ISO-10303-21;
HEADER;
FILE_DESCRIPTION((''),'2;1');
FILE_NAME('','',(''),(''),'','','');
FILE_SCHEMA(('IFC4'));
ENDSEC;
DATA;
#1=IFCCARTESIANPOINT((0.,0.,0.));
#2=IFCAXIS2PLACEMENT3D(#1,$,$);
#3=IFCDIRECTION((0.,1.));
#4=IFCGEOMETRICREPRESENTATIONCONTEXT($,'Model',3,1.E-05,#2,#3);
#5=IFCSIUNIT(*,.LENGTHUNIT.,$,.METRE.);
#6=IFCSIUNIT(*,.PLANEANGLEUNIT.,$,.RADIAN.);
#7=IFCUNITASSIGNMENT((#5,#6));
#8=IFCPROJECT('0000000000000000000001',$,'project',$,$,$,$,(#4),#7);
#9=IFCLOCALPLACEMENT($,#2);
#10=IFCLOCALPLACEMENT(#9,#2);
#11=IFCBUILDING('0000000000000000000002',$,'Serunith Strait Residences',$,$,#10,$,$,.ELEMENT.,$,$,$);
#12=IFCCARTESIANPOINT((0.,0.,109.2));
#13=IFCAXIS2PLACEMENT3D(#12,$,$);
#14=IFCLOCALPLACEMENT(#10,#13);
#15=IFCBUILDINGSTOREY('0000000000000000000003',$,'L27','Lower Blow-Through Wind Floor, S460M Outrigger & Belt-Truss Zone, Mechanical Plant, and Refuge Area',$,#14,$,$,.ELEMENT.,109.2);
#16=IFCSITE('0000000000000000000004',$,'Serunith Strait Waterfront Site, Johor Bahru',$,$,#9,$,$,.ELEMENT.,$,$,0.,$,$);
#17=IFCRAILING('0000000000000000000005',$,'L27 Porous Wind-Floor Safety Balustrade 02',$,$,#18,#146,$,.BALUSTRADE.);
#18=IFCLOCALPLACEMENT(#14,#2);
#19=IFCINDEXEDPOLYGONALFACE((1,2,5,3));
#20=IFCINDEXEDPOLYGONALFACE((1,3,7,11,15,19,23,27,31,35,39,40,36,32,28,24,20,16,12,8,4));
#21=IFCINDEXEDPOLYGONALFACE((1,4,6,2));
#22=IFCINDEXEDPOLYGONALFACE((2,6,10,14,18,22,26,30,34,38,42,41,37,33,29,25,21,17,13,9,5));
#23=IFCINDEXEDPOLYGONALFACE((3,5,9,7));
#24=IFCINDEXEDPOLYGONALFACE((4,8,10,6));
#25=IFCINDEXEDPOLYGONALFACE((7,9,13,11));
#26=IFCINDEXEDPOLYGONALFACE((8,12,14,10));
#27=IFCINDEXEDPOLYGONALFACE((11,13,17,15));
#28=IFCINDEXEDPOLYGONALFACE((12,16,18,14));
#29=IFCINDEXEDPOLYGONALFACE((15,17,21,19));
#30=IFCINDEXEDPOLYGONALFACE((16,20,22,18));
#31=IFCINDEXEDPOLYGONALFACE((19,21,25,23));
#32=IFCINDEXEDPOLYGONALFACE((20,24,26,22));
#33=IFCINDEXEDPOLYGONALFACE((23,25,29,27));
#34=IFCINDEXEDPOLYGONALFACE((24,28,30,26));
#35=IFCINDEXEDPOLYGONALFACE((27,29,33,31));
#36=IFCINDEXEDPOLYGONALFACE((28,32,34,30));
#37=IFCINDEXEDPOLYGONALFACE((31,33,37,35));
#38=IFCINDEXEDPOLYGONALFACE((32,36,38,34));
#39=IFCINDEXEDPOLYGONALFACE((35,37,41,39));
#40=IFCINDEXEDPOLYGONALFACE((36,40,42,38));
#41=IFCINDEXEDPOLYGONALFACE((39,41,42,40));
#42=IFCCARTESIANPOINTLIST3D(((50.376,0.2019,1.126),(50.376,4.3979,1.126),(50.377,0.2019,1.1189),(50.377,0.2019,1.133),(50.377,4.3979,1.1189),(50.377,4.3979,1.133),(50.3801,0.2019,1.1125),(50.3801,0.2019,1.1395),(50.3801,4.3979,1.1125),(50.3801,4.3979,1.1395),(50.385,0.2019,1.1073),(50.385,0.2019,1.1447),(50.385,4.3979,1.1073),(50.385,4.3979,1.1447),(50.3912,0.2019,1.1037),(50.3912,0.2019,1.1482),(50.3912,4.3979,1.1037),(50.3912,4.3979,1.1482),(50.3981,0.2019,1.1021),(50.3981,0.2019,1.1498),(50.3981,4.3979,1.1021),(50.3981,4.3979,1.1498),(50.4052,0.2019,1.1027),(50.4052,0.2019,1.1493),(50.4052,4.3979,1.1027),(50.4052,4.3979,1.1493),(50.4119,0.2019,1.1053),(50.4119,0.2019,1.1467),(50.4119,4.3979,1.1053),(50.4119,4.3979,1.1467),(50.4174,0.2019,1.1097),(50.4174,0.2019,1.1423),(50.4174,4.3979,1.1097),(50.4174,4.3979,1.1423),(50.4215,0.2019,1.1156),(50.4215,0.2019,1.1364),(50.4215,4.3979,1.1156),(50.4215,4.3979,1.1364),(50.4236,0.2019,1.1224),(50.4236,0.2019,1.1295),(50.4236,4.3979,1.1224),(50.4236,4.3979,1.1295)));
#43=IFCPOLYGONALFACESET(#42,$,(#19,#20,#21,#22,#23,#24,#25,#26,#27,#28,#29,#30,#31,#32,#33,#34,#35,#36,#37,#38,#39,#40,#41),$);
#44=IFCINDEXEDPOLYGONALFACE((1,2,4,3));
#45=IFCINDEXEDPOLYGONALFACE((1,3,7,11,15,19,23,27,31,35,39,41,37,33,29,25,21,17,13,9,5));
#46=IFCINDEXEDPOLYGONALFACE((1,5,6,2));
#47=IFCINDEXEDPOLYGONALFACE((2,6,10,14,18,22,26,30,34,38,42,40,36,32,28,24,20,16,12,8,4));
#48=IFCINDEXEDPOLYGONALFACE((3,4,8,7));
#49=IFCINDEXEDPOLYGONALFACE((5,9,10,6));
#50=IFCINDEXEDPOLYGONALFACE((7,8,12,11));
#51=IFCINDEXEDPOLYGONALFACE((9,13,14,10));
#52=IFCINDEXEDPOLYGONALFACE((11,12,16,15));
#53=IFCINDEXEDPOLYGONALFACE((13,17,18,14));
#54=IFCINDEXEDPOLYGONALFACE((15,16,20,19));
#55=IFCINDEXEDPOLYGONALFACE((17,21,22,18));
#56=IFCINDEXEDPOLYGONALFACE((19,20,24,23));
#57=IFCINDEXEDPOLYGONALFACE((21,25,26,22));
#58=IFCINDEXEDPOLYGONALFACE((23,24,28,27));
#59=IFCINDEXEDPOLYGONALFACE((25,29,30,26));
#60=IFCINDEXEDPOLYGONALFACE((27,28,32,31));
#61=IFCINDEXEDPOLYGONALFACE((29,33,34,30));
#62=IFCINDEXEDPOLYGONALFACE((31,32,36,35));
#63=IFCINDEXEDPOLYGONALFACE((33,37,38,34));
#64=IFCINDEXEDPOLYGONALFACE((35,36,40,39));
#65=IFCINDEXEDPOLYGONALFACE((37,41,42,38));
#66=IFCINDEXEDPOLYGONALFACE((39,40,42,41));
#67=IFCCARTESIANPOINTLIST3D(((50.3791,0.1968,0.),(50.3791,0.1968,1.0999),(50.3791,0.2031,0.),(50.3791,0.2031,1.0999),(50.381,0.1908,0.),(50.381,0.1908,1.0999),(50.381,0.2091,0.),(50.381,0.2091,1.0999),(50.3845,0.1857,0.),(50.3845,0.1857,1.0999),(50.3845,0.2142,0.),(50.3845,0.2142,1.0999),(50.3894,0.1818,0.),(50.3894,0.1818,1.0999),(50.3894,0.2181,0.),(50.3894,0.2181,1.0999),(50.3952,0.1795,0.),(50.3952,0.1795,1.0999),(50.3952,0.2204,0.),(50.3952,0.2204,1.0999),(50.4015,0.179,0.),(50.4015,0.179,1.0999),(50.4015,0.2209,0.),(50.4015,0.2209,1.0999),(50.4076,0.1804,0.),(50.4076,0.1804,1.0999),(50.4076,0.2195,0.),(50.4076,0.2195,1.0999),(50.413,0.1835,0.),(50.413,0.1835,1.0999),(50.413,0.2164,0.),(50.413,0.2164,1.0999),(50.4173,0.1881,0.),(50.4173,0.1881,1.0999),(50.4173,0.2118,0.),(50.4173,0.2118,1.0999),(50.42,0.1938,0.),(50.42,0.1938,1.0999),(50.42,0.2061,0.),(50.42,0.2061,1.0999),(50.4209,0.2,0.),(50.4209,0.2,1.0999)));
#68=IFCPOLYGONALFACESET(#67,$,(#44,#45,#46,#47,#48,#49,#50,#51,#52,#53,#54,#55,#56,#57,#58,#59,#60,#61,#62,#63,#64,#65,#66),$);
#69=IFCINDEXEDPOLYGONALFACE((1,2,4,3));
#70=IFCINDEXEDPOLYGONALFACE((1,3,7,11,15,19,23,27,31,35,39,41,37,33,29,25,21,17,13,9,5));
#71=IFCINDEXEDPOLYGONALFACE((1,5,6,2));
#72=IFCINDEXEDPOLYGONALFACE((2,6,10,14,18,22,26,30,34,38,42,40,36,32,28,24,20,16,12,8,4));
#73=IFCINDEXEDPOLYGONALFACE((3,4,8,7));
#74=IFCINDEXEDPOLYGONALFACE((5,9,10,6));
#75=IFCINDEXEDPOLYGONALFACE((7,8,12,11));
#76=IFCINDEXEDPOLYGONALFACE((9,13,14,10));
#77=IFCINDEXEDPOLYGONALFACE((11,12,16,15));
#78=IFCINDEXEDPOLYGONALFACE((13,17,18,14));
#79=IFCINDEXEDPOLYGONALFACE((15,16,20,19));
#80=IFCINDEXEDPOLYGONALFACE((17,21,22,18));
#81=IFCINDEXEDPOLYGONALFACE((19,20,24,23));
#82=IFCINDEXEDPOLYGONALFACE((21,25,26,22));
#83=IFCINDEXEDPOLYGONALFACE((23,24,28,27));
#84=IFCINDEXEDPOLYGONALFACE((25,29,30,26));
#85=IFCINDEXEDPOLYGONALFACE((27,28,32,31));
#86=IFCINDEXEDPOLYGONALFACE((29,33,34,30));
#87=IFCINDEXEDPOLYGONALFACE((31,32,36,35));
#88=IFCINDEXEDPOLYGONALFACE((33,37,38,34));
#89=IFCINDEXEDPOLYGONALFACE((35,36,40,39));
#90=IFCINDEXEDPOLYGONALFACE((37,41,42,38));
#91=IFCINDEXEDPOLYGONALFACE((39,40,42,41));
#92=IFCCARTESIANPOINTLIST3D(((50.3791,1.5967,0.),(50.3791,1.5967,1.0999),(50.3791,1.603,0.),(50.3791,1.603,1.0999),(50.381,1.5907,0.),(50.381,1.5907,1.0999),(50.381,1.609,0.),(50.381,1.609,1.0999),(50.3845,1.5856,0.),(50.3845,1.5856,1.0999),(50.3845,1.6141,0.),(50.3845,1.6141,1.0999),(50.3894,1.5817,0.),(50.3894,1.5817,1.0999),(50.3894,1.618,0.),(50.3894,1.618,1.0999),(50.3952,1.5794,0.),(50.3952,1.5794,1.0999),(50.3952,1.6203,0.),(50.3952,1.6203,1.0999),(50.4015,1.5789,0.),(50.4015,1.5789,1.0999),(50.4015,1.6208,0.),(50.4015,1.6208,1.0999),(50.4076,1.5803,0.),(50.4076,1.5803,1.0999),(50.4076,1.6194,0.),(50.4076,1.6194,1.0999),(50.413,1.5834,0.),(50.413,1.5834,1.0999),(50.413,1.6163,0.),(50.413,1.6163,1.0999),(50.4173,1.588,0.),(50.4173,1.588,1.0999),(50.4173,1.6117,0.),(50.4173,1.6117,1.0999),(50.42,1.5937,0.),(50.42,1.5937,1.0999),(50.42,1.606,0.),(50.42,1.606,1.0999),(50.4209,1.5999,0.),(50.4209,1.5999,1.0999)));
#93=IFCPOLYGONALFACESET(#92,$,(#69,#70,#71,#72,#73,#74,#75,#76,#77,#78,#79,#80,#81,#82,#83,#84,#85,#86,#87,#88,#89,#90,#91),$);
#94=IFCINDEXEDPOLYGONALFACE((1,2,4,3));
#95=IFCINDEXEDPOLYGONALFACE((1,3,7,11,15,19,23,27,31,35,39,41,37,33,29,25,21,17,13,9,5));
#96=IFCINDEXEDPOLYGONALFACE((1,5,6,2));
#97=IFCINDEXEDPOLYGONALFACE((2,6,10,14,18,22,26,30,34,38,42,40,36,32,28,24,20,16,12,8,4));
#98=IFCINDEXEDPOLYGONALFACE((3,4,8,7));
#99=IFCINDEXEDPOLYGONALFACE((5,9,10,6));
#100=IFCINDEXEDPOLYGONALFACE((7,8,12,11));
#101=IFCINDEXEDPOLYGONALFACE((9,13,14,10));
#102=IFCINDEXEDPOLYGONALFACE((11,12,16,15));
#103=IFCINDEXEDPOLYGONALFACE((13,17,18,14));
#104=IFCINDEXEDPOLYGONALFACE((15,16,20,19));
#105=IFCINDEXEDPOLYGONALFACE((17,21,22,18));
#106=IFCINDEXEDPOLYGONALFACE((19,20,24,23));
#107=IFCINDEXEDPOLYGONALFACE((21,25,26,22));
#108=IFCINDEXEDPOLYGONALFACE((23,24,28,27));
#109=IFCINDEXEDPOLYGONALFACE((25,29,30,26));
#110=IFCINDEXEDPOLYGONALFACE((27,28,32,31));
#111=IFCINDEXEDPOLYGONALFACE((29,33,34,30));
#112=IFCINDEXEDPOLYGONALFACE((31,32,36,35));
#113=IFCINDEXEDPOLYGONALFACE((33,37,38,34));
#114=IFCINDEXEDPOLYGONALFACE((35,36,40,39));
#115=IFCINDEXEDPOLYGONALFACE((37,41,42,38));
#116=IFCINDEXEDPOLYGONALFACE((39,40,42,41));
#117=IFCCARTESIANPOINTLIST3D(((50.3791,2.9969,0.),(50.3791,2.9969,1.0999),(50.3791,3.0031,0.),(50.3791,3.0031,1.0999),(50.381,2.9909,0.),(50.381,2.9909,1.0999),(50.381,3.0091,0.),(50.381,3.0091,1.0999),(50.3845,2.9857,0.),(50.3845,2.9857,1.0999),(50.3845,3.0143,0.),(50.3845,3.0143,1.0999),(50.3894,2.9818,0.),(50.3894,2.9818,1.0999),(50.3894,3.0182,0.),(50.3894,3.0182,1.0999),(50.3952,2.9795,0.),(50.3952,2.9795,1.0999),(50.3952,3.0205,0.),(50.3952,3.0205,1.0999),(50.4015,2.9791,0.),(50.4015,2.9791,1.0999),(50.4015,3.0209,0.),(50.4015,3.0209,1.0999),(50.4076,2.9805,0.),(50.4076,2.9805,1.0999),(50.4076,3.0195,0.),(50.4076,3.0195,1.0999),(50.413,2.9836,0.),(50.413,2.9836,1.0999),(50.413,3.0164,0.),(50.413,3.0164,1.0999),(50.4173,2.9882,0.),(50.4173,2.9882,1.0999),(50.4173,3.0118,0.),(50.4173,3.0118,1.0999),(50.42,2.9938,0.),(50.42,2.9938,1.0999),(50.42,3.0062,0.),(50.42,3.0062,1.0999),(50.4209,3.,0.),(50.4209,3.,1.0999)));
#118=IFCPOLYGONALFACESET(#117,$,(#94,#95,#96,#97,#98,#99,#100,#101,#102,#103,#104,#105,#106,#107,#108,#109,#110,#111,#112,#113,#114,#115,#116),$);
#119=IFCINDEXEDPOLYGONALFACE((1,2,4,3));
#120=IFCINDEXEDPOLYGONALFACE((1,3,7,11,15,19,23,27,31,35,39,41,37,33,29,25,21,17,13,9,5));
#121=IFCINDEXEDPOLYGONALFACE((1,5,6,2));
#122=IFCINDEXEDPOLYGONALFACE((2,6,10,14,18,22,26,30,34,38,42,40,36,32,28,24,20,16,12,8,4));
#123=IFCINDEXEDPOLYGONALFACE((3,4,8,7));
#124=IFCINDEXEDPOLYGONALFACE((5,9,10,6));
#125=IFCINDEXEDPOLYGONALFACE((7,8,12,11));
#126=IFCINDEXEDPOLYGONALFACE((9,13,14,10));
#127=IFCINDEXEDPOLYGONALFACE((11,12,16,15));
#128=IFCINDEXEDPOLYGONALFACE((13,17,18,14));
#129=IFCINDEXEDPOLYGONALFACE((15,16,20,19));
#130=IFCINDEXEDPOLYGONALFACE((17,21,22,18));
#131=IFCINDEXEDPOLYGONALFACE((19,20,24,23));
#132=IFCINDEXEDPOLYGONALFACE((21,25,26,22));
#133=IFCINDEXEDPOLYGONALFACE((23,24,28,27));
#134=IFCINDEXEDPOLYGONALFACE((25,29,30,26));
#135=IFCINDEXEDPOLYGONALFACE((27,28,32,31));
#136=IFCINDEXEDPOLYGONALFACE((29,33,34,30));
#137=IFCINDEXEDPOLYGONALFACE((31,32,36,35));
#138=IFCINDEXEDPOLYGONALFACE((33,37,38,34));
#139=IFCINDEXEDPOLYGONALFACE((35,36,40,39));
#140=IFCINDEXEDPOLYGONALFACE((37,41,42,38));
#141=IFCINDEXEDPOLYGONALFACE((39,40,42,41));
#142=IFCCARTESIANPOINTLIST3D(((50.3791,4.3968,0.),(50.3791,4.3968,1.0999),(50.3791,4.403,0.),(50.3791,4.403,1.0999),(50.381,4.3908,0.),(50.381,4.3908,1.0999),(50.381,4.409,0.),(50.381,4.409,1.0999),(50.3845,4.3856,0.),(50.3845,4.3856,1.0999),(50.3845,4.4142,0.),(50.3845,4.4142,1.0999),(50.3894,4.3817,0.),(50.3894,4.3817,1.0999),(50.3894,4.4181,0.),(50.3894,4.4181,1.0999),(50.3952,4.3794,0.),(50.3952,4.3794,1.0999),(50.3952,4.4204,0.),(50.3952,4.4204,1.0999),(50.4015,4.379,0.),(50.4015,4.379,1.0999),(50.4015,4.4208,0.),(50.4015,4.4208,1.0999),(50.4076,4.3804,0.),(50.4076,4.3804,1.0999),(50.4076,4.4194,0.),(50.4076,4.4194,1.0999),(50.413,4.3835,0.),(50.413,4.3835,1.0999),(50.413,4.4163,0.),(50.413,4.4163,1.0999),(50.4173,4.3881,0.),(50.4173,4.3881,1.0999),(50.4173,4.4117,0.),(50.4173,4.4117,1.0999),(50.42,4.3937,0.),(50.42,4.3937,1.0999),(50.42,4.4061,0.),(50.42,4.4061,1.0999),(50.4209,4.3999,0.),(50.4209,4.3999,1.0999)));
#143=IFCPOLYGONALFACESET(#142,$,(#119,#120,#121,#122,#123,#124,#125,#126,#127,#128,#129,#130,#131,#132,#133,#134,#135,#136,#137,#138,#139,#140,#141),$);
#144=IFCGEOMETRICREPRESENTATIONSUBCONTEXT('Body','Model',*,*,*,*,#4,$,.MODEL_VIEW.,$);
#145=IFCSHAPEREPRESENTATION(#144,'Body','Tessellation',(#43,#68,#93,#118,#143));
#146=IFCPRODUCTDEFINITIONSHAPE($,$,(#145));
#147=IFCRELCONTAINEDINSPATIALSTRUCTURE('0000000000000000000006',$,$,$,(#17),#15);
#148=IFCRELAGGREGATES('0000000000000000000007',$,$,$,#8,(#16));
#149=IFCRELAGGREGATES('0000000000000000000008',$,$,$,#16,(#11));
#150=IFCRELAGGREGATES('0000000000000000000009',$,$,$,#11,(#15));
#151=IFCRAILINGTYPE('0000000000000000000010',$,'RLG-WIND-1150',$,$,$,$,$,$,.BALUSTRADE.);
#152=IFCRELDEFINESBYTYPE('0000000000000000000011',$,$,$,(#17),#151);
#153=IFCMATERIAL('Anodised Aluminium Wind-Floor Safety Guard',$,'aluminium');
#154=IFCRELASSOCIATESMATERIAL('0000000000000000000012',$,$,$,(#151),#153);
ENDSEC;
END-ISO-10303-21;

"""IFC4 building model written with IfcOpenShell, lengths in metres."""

from ifc_helpers import new_model, si_unit, direction, frame, origin, origin_2d, place, context, subcontext, project, spatial, circle, extrude, material, type_object, element, save


model = new_model("IFC4")

# Units and contexts
model_context = context("Model", 3, precision=1e-05, world=origin(), true_north=direction((0.0, 1.0)))
body_context = subcontext(model_context, "Body", "Model", "MODEL_VIEW")
ifc_project = project(units=[si_unit("LENGTHUNIT", "METRE"), si_unit("PLANEANGLEUNIT", "RADIAN")], contexts=[model_context])

# Site, building, storey
site_placement = place(None, origin())
site = spatial("IfcSite", under=ifc_project, at=site_placement, Name="Serunith Strait Waterfront Site, Johor Bahru", CompositionType="ELEMENT", RefElevation=0.0)
building_placement = place(site_placement, origin())
building = spatial("IfcBuilding", under=site, at=building_placement, Name="Serunith Strait Residences", CompositionType="ELEMENT")
storey_placement = place(building_placement, frame((0.0, 0.0, 109.2)))
storey = spatial("IfcBuildingStorey", under=building, at=storey_placement, Name="L27", Description="Lower Blow-Through Wind Floor, S460M Outrigger & Belt-Truss Zone, Mechanical Plant, and Refuge Area", CompositionType="ELEMENT", Elevation=109.2)

# Railing
ifc_material_1 = material(Name="Anodised Aluminium Wind-Floor Safety Guard", Category="aluminium")
railing_type = type_object("IfcRailingType", Name="RLG-WIND-1150", PredefinedType="BALUSTRADE", material=ifc_material_1)
railing_1_placement = place(storey_placement, frame((50.3999, 0.2, 0.0)))
element("IfcRailing", 1, at=railing_1_placement, inside=storey, type_object=railing_type, Name="L27 Porous Wind-Floor Safety Balustrade 02", PredefinedType="BALUSTRADE", context=body_context, shape_type="SweptSolid", body=[
    extrude(circle(Radius=0.0239, at=origin_2d()), frame((0.0, 0.002, 1.126), z_axis=(0.0, 1.0, 0.0), x_axis=(-1.0, 0.0, 0.0)), (0.0, 0.0, 1.0), 4.196),
    extrude(circle(Radius=0.021, at=origin_2d()), origin(), (0.0, 0.0, 1.0), 1.0999),
    extrude(circle(Radius=0.021, at=origin_2d()), frame((0.0, 1.3999, 0.0)), (0.0, 0.0, 1.0), 1.0999),
    extrude(circle(Radius=0.021, at=origin_2d()), frame((0.0, 2.8, 0.0)), (0.0, 0.0, 1.0), 1.0999),
    extrude(circle(Radius=0.021, at=origin_2d()), frame((0.0, 4.2, 0.0)), (0.0, 0.0, 1.0), 1.0999),
])

save(model, "model.ifc")
